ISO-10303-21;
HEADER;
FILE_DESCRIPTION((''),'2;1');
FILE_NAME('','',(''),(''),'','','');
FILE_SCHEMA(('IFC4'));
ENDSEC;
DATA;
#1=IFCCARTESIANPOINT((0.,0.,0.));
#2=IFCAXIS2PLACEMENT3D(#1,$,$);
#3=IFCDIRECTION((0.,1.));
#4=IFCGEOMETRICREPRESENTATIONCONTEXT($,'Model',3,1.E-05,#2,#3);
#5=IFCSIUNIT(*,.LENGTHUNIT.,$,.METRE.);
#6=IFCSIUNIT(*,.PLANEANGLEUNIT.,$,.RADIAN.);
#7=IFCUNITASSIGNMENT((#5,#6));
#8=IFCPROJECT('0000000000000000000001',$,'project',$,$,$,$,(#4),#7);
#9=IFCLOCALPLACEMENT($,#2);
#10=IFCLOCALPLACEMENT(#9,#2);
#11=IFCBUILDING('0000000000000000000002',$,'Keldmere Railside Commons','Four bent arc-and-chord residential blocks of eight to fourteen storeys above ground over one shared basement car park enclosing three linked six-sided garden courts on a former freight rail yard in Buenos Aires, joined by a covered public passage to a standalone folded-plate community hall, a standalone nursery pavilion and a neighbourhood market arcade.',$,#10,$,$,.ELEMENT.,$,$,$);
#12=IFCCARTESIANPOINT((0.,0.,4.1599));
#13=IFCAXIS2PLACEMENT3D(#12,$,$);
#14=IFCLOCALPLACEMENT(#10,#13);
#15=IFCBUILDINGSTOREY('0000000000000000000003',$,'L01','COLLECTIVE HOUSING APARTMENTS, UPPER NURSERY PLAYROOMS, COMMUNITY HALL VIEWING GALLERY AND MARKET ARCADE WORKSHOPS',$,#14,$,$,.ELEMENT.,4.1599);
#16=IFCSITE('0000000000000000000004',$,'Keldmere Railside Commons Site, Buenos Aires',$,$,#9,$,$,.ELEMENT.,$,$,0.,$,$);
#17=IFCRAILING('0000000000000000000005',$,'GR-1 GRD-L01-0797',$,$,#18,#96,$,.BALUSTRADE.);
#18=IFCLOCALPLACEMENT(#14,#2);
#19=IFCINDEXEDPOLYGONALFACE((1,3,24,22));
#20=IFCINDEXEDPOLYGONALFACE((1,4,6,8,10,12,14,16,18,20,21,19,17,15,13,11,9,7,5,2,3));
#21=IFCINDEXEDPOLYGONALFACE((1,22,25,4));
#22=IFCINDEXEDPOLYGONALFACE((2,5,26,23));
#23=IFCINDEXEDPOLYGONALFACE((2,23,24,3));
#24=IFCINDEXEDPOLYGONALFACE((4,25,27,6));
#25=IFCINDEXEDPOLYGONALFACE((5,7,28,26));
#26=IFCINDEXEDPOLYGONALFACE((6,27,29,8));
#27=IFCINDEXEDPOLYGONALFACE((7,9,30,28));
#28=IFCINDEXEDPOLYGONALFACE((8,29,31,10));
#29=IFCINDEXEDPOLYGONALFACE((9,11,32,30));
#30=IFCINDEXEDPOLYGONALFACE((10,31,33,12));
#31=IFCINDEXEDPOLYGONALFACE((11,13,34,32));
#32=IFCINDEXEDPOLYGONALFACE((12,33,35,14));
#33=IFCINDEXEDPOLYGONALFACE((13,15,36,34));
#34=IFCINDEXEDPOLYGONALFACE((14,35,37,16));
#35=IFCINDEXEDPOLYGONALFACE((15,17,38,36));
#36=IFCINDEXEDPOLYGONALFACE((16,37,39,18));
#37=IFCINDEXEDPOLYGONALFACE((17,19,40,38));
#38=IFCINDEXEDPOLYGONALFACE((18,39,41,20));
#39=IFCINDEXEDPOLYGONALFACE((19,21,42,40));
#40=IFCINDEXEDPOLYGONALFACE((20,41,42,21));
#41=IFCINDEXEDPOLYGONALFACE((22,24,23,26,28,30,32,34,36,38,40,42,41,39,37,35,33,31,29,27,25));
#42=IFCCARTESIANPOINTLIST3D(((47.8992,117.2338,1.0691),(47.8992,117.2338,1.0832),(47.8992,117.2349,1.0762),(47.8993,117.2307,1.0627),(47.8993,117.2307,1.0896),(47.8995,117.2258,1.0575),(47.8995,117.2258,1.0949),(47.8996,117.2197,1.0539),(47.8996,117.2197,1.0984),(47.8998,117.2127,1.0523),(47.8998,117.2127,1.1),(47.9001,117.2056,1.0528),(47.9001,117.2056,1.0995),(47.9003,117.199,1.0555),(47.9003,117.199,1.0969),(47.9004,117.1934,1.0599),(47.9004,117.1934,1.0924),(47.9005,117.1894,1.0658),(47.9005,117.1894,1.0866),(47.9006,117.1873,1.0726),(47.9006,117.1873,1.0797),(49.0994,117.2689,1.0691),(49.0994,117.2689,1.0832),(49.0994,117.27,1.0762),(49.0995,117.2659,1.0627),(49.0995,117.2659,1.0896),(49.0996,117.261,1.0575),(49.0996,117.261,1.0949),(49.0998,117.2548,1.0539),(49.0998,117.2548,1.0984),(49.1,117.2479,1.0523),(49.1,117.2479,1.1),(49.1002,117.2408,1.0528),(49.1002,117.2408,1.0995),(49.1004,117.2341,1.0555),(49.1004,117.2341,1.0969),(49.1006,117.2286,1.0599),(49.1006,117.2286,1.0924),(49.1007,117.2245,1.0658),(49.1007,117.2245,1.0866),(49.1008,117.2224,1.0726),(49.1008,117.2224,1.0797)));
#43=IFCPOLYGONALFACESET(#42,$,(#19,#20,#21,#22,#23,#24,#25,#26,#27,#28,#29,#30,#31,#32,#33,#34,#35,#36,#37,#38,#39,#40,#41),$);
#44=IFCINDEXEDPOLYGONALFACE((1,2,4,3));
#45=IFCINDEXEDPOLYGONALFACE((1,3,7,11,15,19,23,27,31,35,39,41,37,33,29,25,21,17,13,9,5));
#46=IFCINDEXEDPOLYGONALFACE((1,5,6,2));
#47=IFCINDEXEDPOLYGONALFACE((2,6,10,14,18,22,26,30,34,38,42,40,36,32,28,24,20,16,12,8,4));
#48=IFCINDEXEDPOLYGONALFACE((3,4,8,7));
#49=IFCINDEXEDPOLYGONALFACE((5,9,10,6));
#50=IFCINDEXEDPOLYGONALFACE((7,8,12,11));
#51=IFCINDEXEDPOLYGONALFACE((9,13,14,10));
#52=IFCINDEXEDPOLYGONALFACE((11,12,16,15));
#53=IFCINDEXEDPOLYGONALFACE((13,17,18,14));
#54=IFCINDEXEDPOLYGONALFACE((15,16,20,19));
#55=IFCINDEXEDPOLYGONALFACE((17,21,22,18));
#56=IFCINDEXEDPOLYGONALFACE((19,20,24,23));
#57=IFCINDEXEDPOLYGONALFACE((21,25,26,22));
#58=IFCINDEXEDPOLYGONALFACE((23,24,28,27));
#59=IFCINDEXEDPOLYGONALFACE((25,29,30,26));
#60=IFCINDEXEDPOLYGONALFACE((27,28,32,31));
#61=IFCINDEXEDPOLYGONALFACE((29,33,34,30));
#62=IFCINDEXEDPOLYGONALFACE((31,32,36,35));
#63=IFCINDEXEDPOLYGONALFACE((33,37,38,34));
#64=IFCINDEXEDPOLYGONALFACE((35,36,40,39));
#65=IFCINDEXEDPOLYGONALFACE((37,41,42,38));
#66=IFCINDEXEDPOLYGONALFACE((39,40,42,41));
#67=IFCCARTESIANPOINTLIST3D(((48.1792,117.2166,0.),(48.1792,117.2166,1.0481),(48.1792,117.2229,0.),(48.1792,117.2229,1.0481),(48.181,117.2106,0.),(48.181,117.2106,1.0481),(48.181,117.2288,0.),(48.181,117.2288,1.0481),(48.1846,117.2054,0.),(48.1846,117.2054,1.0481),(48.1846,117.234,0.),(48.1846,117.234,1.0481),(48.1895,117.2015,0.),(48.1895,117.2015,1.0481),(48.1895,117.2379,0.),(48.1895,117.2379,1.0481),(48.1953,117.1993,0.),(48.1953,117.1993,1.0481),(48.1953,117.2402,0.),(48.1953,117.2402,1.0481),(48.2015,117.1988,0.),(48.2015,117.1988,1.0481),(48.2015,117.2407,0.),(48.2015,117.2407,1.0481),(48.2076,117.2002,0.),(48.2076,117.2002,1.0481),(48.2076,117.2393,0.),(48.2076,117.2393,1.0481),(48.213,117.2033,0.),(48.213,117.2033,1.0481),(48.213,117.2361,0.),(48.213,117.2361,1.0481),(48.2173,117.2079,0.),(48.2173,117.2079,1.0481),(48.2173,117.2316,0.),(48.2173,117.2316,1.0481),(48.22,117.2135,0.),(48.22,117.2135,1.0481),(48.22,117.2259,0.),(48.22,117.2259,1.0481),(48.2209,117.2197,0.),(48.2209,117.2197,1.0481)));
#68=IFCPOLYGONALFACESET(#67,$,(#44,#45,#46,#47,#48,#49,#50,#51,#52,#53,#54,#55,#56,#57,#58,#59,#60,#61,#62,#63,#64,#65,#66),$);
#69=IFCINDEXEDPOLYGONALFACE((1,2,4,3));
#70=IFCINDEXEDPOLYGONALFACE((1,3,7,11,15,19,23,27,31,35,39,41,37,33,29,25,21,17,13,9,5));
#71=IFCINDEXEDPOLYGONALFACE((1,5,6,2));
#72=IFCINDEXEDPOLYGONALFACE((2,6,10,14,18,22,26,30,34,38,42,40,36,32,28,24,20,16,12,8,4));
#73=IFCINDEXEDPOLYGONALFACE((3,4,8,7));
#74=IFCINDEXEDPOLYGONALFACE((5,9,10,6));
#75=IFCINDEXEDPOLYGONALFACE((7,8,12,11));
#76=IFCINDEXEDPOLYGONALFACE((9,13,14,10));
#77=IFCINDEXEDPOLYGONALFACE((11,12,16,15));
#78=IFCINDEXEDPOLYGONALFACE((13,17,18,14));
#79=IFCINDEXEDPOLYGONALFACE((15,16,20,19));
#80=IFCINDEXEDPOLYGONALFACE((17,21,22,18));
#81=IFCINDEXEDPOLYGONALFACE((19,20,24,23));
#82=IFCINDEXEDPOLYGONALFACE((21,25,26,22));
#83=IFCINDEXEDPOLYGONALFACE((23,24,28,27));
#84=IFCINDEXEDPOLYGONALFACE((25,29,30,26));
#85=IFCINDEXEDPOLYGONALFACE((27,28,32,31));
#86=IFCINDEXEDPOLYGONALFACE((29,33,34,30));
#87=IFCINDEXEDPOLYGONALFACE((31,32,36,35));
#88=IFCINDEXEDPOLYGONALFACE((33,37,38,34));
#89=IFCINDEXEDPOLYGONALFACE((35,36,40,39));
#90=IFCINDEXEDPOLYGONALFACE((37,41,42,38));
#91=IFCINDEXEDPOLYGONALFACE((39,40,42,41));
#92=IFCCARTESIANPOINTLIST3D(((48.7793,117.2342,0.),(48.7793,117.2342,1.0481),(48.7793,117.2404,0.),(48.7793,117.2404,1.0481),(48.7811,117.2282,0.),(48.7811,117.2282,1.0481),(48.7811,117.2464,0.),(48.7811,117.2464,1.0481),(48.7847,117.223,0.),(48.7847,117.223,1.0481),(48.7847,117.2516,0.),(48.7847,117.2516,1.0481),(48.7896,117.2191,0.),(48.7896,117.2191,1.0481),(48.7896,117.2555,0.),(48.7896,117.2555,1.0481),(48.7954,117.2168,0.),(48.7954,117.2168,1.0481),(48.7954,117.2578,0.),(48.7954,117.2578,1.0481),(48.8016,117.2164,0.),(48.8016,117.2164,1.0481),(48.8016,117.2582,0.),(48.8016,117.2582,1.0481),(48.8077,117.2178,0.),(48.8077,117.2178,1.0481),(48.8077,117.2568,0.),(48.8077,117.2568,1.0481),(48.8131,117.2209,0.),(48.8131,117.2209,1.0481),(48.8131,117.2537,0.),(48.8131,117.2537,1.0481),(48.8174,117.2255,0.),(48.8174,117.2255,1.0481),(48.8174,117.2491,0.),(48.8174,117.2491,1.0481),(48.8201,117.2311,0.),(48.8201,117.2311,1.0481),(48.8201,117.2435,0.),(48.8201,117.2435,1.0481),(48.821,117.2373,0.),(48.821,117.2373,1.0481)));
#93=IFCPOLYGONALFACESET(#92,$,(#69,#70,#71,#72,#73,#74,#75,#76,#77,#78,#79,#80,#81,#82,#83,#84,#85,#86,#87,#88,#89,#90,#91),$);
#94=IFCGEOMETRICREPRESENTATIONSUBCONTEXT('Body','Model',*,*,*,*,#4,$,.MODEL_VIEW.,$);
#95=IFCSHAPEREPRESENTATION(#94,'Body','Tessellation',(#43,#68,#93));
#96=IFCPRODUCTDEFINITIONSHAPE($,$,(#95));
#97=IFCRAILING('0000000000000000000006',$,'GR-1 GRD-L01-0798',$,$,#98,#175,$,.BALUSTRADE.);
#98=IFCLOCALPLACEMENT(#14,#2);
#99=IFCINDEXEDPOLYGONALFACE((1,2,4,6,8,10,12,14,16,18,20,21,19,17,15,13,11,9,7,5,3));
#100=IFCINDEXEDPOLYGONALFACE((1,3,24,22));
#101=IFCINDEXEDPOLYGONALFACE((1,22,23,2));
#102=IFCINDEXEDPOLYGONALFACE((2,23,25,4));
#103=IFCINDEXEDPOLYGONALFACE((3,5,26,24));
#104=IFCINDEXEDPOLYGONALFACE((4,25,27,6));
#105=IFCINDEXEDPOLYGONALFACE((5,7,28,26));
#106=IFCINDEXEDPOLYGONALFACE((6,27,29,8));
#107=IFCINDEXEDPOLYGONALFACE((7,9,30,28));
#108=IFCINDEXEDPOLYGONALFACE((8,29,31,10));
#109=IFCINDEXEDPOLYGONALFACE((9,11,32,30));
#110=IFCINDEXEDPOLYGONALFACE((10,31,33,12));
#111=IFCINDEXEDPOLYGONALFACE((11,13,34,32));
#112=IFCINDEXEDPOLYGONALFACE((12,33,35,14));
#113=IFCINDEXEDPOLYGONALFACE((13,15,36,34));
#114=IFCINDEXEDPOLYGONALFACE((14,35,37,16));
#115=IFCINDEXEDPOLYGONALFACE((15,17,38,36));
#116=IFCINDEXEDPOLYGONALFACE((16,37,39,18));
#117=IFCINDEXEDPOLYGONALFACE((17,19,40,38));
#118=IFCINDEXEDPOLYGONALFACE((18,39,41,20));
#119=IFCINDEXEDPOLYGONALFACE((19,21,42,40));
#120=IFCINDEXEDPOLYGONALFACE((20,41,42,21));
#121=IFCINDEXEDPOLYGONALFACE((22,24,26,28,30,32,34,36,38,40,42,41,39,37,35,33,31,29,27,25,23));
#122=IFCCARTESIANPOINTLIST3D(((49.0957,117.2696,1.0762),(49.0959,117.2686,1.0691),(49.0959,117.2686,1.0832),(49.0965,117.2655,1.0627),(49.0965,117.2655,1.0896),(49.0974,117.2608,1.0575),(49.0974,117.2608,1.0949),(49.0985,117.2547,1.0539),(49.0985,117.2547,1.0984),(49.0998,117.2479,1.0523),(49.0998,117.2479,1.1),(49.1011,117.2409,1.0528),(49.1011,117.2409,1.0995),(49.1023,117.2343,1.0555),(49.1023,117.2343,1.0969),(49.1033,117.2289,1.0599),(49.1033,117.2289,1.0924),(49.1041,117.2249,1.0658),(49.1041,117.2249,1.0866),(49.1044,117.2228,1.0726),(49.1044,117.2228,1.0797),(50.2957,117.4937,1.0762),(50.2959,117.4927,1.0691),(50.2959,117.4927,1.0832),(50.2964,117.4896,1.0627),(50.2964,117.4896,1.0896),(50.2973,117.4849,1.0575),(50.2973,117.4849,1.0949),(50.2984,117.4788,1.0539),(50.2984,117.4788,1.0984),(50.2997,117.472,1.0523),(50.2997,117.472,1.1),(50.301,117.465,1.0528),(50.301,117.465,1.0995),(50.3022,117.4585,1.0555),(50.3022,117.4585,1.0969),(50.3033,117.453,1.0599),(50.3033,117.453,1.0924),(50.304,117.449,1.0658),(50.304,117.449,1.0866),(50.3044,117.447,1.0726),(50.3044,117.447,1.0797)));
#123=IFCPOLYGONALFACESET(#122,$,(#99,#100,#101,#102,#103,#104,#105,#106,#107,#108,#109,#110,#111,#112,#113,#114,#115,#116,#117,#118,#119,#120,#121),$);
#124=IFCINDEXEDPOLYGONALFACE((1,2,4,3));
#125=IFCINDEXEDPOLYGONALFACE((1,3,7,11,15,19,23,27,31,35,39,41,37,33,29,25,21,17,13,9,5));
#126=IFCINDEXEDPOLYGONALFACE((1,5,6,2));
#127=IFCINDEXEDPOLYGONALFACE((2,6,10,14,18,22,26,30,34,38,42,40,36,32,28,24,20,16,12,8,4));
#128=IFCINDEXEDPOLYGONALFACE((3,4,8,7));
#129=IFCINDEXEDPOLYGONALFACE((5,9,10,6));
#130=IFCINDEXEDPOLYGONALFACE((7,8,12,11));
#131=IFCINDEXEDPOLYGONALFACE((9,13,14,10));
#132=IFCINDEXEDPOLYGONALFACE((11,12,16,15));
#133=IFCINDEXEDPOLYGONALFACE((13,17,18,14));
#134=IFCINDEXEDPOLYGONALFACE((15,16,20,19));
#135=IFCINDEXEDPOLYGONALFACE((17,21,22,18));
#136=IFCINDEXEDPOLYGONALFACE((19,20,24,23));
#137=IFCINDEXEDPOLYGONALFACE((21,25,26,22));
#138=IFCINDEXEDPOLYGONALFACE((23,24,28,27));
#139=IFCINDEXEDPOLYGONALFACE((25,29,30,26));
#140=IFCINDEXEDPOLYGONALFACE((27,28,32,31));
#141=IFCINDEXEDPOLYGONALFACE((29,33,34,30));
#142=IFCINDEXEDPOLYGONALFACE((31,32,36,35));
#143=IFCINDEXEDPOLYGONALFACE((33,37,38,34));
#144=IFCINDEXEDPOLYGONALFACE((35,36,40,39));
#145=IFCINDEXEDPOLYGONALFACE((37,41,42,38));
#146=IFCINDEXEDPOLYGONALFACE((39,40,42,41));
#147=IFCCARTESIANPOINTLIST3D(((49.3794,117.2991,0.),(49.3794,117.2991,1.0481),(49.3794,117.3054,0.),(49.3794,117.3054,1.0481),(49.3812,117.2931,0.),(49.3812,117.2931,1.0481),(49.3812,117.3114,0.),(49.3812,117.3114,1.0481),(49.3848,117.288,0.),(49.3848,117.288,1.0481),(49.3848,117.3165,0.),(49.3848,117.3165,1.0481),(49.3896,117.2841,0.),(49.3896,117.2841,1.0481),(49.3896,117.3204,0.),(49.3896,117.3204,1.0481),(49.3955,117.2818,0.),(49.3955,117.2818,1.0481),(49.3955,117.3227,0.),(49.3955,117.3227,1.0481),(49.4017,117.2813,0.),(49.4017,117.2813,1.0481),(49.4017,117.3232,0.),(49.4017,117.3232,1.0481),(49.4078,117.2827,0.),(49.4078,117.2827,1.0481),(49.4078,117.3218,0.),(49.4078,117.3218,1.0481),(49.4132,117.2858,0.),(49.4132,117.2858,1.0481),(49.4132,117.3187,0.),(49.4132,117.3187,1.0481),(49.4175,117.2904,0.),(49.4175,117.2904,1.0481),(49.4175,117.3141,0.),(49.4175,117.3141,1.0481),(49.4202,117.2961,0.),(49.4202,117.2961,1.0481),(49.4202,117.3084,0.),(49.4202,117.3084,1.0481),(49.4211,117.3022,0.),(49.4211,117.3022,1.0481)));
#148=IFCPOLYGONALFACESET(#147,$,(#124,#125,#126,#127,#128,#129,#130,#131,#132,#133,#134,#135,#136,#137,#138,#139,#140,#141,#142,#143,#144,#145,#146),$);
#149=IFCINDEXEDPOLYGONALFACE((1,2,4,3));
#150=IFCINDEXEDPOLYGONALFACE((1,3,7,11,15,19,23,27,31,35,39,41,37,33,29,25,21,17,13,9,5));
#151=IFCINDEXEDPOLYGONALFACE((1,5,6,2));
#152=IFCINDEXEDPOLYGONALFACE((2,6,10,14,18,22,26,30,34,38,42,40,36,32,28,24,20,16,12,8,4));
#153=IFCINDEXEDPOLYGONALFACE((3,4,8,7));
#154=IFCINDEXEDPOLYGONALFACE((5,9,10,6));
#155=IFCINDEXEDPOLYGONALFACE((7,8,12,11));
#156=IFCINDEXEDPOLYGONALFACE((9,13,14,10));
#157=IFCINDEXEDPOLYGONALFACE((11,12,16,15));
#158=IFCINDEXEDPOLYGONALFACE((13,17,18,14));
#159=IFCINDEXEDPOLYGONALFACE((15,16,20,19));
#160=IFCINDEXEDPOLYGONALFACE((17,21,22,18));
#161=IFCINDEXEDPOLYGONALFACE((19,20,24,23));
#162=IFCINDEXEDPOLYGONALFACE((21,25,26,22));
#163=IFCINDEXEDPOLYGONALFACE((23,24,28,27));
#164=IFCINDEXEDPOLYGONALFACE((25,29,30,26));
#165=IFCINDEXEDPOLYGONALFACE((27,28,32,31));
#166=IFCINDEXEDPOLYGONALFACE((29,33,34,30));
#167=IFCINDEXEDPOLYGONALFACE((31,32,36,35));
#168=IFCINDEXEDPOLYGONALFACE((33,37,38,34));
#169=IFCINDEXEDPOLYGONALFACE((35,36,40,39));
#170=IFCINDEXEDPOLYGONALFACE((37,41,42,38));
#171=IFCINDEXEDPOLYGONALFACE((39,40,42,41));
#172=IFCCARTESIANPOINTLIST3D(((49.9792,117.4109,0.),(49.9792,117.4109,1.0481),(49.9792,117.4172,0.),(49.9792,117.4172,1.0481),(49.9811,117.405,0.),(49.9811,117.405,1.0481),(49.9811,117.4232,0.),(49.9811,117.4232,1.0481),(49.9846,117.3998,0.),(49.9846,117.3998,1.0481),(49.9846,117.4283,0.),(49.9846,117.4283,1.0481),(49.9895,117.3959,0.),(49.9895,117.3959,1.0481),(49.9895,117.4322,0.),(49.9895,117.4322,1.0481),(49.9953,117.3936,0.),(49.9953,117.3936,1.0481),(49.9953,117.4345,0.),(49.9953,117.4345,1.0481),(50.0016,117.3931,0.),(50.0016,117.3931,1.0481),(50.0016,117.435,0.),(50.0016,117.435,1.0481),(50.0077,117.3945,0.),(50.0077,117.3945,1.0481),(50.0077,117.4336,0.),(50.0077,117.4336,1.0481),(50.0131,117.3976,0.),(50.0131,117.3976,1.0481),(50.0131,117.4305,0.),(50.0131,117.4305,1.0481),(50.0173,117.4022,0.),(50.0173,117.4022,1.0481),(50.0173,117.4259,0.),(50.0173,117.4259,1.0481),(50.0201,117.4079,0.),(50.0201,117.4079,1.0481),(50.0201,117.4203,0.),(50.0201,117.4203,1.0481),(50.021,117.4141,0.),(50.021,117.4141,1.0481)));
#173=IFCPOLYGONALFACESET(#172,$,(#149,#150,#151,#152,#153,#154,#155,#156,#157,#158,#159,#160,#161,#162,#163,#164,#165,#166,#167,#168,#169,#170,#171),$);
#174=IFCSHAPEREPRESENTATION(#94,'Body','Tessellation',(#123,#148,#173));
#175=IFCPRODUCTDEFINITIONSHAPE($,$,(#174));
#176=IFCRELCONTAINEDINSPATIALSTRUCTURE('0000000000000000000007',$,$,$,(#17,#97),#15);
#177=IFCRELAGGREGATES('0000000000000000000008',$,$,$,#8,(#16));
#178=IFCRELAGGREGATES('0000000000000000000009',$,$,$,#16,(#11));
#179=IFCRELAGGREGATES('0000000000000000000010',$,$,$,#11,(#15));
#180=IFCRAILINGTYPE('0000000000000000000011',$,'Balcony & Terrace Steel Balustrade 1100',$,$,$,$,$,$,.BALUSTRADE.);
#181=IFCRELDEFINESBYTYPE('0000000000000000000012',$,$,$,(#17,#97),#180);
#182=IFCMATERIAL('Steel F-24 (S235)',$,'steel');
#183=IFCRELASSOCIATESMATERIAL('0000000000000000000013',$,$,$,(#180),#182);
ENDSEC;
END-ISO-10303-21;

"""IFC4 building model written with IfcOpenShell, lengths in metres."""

from ifc_helpers import new_model, si_unit, direction, frame, origin, origin_2d, place, context, subcontext, project, spatial, circle, extrude, material, type_object, element, save


model = new_model("IFC4")

# Units and contexts
model_context = context("Model", 3, precision=1e-05, world=origin(), true_north=direction((0.0, 1.0)))
body_context = subcontext(model_context, "Body", "Model", "MODEL_VIEW")
ifc_project = project(units=[si_unit("LENGTHUNIT", "METRE"), si_unit("PLANEANGLEUNIT", "RADIAN")], contexts=[model_context])

# Site, building, storey
site_placement = place(None, origin())
site = spatial("IfcSite", under=ifc_project, at=site_placement, Name="Keldmere Railside Commons Site, Buenos Aires", CompositionType="ELEMENT", RefElevation=0.0)
building_placement = place(site_placement, origin())
building = spatial("IfcBuilding", under=site, at=building_placement, Name="Keldmere Railside Commons", Description="Four bent arc-and-chord residential blocks of eight to fourteen storeys above ground over one shared basement car park enclosing three linked six-sided garden courts on a former freight rail yard in Buenos Aires, joined by a covered public passage to a standalone folded-plate community hall, a standalone nursery pavilion and a neighbourhood market arcade.", CompositionType="ELEMENT")
storey_placement = place(building_placement, frame((0.0, 0.0, 4.1599)))
storey = spatial("IfcBuildingStorey", under=building, at=storey_placement, Name="L01", Description="COLLECTIVE HOUSING APARTMENTS, UPPER NURSERY PLAYROOMS, COMMUNITY HALL VIEWING GALLERY AND MARKET ARCADE WORKSHOPS", CompositionType="ELEMENT", Elevation=4.1599)

# Railings
ifc_material_1 = material(Name="Steel F-24 (S235)", Category="steel")
railing_type = type_object("IfcRailingType", Name="Balcony & Terrace Steel Balustrade 1100", PredefinedType="BALUSTRADE", material=ifc_material_1)
railing_1_placement = place(storey_placement, frame((47.8999, 117.2109, 0.0)))
element("IfcRailing", 1, at=railing_1_placement, inside=storey, type_object=railing_type, Name="GR-1 GRD-L01-0797", PredefinedType="BALUSTRADE", context=body_context, shape_type="SweptSolid", body=[
    extrude(circle(Radius=0.0239, at=origin_2d()), frame((0.0, 0.0, 1.0762), z_axis=(0.999571, 0.02928, 0.0), x_axis=(-0.02928, 0.999571, 0.0)), (0.0, 0.0, 1.0), 1.2007),
    extrude(circle(Radius=0.021, at=origin_2d()), frame((0.3, 0.0088, 0.0)), (0.0, 0.0, 1.0), 1.0481),
    extrude(circle(Radius=0.021, at=origin_2d()), frame((0.9001, 0.0264, 0.0)), (0.0, 0.0, 1.0), 1.0481),
])
railing_2_placement = place(storey_placement, frame((49.1001, 117.2461, 0.0)))
element("IfcRailing", 2, at=railing_2_placement, inside=storey, type_object=railing_type, Name="GR-1 GRD-L01-0798", PredefinedType="BALUSTRADE", context=body_context, shape_type="SweptSolid", body=[
    extrude(circle(Radius=0.0239, at=origin_2d()), frame((0.0, 0.0, 1.0762), z_axis=(0.983001, 0.1836, 0.0), x_axis=(-0.1836, 0.983001, 0.0)), (0.0, 0.0, 1.0), 1.2207),
    extrude(circle(Radius=0.021, at=origin_2d()), frame((0.3, 0.0562, 0.0)), (0.0, 0.0, 1.0), 1.0481),
    extrude(circle(Radius=0.021, at=origin_2d()), frame((0.8999, 0.168, 0.0)), (0.0, 0.0, 1.0), 1.0481),
])

save(model, "model.ifc")
